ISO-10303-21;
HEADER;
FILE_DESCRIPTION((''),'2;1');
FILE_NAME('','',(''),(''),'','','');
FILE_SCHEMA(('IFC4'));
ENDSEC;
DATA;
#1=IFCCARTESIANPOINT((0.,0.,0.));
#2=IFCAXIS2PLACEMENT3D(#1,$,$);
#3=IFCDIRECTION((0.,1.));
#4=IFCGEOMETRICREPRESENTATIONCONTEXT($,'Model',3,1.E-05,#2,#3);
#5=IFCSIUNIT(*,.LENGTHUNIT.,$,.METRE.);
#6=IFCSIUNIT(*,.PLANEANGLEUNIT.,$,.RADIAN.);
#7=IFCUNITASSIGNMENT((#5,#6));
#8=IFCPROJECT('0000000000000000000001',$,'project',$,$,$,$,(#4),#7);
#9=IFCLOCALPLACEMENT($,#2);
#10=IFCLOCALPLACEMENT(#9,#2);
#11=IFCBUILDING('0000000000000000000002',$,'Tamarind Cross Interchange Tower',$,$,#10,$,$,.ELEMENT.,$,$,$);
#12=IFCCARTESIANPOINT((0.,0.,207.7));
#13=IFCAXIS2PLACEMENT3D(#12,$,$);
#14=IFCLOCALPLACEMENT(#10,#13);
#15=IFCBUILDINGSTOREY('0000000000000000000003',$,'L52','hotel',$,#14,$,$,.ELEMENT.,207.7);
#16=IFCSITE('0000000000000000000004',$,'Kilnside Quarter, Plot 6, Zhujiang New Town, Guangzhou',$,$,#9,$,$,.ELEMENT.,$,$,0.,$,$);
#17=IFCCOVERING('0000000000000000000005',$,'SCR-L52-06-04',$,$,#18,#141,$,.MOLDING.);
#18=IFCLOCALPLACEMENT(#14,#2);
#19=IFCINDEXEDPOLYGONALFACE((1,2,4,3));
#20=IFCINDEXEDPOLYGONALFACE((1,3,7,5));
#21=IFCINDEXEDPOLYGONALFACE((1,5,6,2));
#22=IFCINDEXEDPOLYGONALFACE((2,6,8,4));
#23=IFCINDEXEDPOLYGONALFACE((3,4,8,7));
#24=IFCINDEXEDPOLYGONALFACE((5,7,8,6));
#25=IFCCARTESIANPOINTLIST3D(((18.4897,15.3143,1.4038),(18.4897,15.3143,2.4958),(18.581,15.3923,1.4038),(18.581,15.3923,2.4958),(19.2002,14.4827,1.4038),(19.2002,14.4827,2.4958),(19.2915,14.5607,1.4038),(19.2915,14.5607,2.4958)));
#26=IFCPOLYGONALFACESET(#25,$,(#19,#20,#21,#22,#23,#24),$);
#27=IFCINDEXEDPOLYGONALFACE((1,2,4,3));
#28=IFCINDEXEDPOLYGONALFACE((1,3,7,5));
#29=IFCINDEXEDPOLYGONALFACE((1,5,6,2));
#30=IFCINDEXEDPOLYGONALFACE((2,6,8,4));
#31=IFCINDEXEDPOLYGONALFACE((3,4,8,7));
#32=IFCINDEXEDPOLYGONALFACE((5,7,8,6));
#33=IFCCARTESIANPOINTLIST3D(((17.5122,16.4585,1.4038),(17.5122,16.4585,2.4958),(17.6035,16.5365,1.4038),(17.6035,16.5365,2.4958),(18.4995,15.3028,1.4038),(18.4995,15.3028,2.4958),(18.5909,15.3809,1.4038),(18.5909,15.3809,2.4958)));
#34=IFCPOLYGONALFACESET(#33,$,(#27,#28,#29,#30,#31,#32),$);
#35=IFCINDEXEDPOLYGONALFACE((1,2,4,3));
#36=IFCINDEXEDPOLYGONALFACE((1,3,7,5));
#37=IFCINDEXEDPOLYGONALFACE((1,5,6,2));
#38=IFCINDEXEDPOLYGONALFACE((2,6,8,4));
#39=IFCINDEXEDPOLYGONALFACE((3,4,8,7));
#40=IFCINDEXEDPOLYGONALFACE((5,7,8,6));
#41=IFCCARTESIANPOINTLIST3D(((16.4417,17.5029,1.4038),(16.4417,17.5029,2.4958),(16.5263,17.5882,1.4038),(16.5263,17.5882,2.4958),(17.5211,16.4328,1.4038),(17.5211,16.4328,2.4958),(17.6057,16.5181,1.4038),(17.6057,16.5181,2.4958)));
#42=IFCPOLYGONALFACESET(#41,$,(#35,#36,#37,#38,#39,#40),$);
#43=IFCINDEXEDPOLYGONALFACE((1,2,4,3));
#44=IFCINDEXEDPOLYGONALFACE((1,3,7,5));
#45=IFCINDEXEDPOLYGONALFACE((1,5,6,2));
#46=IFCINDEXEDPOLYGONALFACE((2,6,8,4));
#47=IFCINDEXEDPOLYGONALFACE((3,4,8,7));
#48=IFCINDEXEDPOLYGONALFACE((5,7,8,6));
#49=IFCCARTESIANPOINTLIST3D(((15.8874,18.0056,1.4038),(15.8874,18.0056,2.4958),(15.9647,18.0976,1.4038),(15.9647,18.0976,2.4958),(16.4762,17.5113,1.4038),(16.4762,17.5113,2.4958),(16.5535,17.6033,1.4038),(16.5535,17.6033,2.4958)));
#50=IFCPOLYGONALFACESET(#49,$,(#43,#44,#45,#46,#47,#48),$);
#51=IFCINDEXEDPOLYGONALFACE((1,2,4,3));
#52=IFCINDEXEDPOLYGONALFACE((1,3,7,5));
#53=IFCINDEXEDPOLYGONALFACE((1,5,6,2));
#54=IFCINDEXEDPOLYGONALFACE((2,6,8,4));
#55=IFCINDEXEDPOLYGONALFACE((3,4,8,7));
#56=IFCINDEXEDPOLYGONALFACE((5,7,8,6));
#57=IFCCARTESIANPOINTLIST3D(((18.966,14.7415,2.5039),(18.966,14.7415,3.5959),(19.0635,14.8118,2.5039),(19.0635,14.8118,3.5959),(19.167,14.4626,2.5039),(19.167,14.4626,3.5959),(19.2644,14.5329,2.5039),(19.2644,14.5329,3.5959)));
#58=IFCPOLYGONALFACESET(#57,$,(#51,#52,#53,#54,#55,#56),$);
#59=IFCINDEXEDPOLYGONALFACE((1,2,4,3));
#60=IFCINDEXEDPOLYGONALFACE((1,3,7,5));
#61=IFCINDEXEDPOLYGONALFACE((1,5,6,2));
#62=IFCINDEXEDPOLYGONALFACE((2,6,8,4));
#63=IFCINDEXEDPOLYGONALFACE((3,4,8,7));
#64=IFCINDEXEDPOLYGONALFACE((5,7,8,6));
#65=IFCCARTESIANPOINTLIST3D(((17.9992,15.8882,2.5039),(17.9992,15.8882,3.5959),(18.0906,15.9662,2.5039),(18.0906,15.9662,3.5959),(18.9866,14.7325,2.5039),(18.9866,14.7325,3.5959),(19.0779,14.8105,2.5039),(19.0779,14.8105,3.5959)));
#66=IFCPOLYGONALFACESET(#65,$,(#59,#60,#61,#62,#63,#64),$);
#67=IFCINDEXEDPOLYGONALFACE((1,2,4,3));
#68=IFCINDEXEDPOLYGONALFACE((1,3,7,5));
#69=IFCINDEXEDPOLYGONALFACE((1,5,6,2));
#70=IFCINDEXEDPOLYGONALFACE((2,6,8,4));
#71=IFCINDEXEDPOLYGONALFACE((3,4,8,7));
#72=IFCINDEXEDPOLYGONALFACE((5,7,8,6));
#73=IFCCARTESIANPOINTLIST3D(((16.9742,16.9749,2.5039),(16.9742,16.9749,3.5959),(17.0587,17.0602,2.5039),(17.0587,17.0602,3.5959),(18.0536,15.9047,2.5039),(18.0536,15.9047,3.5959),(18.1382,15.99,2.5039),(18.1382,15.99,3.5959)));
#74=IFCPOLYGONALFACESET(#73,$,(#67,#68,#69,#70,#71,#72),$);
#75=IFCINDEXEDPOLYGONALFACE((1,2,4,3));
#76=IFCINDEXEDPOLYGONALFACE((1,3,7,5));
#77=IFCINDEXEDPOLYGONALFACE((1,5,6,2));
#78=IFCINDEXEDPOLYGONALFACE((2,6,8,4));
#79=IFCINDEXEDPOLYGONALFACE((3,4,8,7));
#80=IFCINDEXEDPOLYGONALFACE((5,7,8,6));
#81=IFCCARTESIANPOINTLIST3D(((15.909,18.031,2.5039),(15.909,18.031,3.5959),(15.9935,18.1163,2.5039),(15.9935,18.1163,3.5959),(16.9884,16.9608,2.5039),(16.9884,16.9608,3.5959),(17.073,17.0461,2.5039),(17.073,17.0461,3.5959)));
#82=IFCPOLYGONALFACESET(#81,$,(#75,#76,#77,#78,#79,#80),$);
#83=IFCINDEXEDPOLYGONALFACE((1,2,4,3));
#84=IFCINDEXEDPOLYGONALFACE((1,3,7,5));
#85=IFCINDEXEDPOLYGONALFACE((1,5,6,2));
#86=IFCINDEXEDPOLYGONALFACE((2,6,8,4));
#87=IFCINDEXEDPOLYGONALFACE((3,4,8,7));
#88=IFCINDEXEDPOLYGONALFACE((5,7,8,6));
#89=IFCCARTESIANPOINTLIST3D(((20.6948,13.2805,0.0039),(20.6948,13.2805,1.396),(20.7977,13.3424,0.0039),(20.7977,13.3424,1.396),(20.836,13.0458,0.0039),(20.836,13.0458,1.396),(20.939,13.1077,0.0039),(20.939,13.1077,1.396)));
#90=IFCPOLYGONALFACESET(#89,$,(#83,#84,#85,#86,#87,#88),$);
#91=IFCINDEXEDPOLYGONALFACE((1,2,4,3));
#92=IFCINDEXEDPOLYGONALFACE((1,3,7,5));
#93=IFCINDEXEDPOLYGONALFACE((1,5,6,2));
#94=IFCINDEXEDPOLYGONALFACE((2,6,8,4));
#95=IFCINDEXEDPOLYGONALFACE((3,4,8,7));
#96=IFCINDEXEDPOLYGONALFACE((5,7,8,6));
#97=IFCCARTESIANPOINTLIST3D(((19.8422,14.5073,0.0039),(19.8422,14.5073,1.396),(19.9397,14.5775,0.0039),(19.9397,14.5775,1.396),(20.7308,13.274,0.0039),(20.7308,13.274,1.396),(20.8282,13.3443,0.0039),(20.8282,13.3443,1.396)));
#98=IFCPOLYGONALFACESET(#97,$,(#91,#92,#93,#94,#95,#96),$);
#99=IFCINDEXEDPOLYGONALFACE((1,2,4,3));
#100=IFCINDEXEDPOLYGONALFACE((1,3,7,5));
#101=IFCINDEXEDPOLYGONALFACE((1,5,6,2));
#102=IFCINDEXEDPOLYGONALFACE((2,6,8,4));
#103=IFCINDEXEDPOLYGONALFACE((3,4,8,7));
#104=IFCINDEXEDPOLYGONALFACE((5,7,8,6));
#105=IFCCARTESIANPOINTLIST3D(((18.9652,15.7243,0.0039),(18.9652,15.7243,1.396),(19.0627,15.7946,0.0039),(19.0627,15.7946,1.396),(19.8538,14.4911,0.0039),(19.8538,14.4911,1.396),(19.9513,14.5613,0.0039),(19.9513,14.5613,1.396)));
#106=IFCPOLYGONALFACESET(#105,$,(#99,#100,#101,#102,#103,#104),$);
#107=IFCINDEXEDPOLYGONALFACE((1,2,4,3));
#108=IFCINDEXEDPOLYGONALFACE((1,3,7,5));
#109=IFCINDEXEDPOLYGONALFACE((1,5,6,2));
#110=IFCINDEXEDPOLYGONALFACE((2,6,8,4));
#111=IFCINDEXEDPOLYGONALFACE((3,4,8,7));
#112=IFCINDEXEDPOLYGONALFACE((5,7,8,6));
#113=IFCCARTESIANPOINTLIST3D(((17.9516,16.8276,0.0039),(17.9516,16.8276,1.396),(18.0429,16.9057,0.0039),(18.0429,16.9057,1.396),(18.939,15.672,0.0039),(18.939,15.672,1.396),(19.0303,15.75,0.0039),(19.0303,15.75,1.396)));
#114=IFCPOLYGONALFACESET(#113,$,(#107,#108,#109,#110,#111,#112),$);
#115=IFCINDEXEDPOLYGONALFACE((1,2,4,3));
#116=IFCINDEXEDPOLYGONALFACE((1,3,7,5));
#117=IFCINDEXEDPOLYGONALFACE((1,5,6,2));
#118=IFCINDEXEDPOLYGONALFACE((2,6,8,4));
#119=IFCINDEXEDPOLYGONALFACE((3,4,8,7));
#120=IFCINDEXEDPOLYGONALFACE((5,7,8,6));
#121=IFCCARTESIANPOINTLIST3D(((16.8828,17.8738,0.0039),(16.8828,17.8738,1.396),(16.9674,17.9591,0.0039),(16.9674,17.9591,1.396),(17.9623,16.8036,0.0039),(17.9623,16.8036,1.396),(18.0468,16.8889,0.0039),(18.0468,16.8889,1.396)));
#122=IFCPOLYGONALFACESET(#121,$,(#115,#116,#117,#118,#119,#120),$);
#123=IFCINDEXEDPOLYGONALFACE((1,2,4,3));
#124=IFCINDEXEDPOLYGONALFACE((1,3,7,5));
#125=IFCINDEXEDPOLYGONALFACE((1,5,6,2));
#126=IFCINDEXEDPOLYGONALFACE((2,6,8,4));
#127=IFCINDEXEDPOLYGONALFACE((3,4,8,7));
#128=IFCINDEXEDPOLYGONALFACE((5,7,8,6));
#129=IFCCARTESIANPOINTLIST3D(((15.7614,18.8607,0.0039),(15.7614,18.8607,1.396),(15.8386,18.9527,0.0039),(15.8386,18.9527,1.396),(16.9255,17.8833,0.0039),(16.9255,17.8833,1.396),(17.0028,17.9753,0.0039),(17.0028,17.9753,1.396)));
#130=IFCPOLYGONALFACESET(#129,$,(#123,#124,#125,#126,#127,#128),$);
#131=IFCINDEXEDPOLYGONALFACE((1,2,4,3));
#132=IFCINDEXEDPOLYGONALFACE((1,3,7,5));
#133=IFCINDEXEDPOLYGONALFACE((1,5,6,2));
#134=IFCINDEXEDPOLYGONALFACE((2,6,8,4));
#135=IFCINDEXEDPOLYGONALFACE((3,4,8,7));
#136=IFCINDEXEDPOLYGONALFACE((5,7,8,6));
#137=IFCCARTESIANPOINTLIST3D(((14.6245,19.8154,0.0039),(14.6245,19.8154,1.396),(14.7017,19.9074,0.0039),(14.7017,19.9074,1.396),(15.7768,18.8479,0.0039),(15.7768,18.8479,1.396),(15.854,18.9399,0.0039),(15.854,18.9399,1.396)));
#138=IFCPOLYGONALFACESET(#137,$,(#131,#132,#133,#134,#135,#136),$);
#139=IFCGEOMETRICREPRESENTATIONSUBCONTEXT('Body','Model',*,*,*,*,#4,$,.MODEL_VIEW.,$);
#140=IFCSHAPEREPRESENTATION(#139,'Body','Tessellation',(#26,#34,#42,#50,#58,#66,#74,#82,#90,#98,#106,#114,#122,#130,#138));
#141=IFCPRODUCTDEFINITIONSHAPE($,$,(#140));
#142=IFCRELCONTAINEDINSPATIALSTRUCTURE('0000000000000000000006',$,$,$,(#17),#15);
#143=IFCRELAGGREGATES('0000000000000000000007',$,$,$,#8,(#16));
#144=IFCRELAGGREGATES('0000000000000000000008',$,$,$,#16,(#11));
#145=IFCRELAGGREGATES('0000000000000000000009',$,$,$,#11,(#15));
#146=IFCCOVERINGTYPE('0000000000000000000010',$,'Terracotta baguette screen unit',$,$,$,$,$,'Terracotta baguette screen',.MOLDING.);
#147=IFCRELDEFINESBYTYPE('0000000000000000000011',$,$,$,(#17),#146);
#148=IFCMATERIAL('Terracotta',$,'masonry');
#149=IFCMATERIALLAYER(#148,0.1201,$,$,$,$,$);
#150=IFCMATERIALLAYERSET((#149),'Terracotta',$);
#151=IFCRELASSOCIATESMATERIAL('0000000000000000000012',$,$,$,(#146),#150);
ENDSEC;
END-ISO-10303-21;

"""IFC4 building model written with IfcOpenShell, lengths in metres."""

from ifc_helpers import new_model, si_unit, direction, frame, origin, origin_2d, place, context, subcontext, project, spatial, rectangle, extrude, material, layer, layer_set, type_object, element, save


model = new_model("IFC4")

# Units and contexts
model_context = context("Model", 3, precision=1e-05, world=origin(), true_north=direction((0.0, 1.0)))
body_context = subcontext(model_context, "Body", "Model", "MODEL_VIEW")
ifc_project = project(units=[si_unit("LENGTHUNIT", "METRE"), si_unit("PLANEANGLEUNIT", "RADIAN")], contexts=[model_context])

# Site, building, storey
site_placement = place(None, origin())
site = spatial("IfcSite", under=ifc_project, at=site_placement, Name="Kilnside Quarter, Plot 6, Zhujiang New Town, Guangzhou", CompositionType="ELEMENT", RefElevation=0.0)
building_placement = place(site_placement, origin())
building = spatial("IfcBuilding", under=site, at=building_placement, Name="Tamarind Cross Interchange Tower", CompositionType="ELEMENT")
storey_placement = place(building_placement, frame((0.0, 0.0, 207.7)))
storey = spatial("IfcBuildingStorey", under=building, at=storey_placement, Name="L52", Description="hotel", CompositionType="ELEMENT", Elevation=207.7)

# Covering
ifc_material_1 = material(Name="Terracotta", Category="masonry")
ifc_layer_1 = layer(ifc_material_1, 0.1201)
ifc_layer_set_1 = layer_set([ifc_layer_1], Name="Terracotta")
covering_type = type_object("IfcCoveringType", Name="Terracotta baguette screen unit", ElementType="Terracotta baguette screen", PredefinedType="MOLDING", material=ifc_layer_set_1)
covering_1_placement = place(storey_placement, origin())
element("IfcCovering", 1, at=covering_1_placement, inside=storey, type_object=covering_type, Name="SCR-L52-06-04", PredefinedType="MOLDING", context=body_context, shape_type="SweptSolid", body=[
    extrude(rectangle(XDim=1.0938, YDim=0.1201, at=origin_2d()), frame((18.8906, 14.9375, 1.4038), z_axis=(0.0, 0.0, 1.0), x_axis=(-0.649577, 0.760296, 0.0)), (0.0, 0.0, 1.0), 1.092),
    extrude(rectangle(XDim=1.52, YDim=0.1201, at=origin_2d()), frame((18.0515, 15.9197, 1.4038), z_axis=(0.0, 0.0, 1.0), x_axis=(-0.649577, 0.760296, 0.0)), (0.0, 0.0, 1.0), 1.092),
    extrude(rectangle(XDim=1.52, YDim=0.1201, at=origin_2d()), frame((17.0237, 17.0105, 1.4038), z_axis=(0.0, 0.0, 1.0), x_axis=(-0.710143, 0.704057, 0.0)), (0.0, 0.0, 1.0), 1.092),
    extrude(rectangle(XDim=0.7688, YDim=0.1201, at=origin_2d()), frame((16.2205, 17.8044, 1.4038), z_axis=(0.0, 0.0, 1.0), x_axis=(-0.765858, 0.643009, 0.0)), (0.0, 0.0, 1.0), 1.092),
    extrude(rectangle(XDim=0.3438, YDim=0.1201, at=origin_2d()), frame((19.1152, 14.6372, 2.5039), z_axis=(0.0, 0.0, 1.0), x_axis=(-0.584574, 0.81134, 0.0)), (0.0, 0.0, 1.0), 1.092),
    extrude(rectangle(XDim=1.52, YDim=0.1201, at=origin_2d()), frame((18.5386, 15.3494, 2.5039), z_axis=(0.0, 0.0, 1.0), x_axis=(-0.649577, 0.760296, 0.0)), (0.0, 0.0, 1.0), 1.092),
    extrude(rectangle(XDim=1.52, YDim=0.1201, at=origin_2d()), frame((17.5562, 16.4824, 2.5039), z_axis=(0.0, 0.0, 1.0), x_axis=(-0.710143, 0.704057, 0.0)), (0.0, 0.0, 1.0), 1.092),
    extrude(rectangle(XDim=1.52, YDim=0.1201, at=origin_2d()), frame((16.491, 17.5386, 2.5039), z_axis=(0.0, 0.0, 1.0), x_axis=(-0.710143, 0.704057, 0.0)), (0.0, 0.0, 1.0), 1.092),
    extrude(rectangle(XDim=0.2739, YDim=0.1201, at=origin_2d()), frame((20.8169, 13.1941, 0.0039), z_axis=(0.0, 0.0, 1.0), x_axis=(-0.515577, 0.856843, 0.0)), (0.0, 0.0, 1.0), 1.3921),
    extrude(rectangle(XDim=1.52, YDim=0.1201, at=origin_2d()), frame((20.3352, 13.9258, 0.0039), z_axis=(0.0, 0.0, 1.0), x_axis=(-0.584574, 0.81134, 0.0)), (0.0, 0.0, 1.0), 1.3921),
    extrude(rectangle(XDim=1.52, YDim=0.1201, at=origin_2d()), frame((19.4583, 15.1428, 0.0039), z_axis=(0.0, 0.0, 1.0), x_axis=(-0.584574, 0.81134, 0.0)), (0.0, 0.0, 1.0), 1.3921),
    extrude(rectangle(XDim=1.52, YDim=0.1201, at=origin_2d()), frame((18.491, 16.2888, 0.0039), z_axis=(0.0, 0.0, 1.0), x_axis=(-0.649577, 0.760296, 0.0)), (0.0, 0.0, 1.0), 1.3921),
    extrude(rectangle(XDim=1.52, YDim=0.1201, at=origin_2d()), frame((17.4648, 17.3813, 0.0039), z_axis=(0.0, 0.0, 1.0), x_axis=(-0.710143, 0.704057, 0.0)), (0.0, 0.0, 1.0), 1.3921),
    extrude(rectangle(XDim=1.52, YDim=0.1201, at=origin_2d()), frame((16.3821, 18.418, 0.0039), z_axis=(0.0, 0.0, 1.0), x_axis=(-0.765858, 0.643009, 0.0)), (0.0, 0.0, 1.0), 1.3921),
    extrude(rectangle(XDim=1.5046, YDim=0.1201, at=origin_2d()), frame((15.2393, 19.3777, 0.0039), z_axis=(0.0, 0.0, 1.0), x_axis=(-0.765858, 0.643009, 0.0)), (0.0, 0.0, 1.0), 1.3921),
])

save(model, "model.ifc")
